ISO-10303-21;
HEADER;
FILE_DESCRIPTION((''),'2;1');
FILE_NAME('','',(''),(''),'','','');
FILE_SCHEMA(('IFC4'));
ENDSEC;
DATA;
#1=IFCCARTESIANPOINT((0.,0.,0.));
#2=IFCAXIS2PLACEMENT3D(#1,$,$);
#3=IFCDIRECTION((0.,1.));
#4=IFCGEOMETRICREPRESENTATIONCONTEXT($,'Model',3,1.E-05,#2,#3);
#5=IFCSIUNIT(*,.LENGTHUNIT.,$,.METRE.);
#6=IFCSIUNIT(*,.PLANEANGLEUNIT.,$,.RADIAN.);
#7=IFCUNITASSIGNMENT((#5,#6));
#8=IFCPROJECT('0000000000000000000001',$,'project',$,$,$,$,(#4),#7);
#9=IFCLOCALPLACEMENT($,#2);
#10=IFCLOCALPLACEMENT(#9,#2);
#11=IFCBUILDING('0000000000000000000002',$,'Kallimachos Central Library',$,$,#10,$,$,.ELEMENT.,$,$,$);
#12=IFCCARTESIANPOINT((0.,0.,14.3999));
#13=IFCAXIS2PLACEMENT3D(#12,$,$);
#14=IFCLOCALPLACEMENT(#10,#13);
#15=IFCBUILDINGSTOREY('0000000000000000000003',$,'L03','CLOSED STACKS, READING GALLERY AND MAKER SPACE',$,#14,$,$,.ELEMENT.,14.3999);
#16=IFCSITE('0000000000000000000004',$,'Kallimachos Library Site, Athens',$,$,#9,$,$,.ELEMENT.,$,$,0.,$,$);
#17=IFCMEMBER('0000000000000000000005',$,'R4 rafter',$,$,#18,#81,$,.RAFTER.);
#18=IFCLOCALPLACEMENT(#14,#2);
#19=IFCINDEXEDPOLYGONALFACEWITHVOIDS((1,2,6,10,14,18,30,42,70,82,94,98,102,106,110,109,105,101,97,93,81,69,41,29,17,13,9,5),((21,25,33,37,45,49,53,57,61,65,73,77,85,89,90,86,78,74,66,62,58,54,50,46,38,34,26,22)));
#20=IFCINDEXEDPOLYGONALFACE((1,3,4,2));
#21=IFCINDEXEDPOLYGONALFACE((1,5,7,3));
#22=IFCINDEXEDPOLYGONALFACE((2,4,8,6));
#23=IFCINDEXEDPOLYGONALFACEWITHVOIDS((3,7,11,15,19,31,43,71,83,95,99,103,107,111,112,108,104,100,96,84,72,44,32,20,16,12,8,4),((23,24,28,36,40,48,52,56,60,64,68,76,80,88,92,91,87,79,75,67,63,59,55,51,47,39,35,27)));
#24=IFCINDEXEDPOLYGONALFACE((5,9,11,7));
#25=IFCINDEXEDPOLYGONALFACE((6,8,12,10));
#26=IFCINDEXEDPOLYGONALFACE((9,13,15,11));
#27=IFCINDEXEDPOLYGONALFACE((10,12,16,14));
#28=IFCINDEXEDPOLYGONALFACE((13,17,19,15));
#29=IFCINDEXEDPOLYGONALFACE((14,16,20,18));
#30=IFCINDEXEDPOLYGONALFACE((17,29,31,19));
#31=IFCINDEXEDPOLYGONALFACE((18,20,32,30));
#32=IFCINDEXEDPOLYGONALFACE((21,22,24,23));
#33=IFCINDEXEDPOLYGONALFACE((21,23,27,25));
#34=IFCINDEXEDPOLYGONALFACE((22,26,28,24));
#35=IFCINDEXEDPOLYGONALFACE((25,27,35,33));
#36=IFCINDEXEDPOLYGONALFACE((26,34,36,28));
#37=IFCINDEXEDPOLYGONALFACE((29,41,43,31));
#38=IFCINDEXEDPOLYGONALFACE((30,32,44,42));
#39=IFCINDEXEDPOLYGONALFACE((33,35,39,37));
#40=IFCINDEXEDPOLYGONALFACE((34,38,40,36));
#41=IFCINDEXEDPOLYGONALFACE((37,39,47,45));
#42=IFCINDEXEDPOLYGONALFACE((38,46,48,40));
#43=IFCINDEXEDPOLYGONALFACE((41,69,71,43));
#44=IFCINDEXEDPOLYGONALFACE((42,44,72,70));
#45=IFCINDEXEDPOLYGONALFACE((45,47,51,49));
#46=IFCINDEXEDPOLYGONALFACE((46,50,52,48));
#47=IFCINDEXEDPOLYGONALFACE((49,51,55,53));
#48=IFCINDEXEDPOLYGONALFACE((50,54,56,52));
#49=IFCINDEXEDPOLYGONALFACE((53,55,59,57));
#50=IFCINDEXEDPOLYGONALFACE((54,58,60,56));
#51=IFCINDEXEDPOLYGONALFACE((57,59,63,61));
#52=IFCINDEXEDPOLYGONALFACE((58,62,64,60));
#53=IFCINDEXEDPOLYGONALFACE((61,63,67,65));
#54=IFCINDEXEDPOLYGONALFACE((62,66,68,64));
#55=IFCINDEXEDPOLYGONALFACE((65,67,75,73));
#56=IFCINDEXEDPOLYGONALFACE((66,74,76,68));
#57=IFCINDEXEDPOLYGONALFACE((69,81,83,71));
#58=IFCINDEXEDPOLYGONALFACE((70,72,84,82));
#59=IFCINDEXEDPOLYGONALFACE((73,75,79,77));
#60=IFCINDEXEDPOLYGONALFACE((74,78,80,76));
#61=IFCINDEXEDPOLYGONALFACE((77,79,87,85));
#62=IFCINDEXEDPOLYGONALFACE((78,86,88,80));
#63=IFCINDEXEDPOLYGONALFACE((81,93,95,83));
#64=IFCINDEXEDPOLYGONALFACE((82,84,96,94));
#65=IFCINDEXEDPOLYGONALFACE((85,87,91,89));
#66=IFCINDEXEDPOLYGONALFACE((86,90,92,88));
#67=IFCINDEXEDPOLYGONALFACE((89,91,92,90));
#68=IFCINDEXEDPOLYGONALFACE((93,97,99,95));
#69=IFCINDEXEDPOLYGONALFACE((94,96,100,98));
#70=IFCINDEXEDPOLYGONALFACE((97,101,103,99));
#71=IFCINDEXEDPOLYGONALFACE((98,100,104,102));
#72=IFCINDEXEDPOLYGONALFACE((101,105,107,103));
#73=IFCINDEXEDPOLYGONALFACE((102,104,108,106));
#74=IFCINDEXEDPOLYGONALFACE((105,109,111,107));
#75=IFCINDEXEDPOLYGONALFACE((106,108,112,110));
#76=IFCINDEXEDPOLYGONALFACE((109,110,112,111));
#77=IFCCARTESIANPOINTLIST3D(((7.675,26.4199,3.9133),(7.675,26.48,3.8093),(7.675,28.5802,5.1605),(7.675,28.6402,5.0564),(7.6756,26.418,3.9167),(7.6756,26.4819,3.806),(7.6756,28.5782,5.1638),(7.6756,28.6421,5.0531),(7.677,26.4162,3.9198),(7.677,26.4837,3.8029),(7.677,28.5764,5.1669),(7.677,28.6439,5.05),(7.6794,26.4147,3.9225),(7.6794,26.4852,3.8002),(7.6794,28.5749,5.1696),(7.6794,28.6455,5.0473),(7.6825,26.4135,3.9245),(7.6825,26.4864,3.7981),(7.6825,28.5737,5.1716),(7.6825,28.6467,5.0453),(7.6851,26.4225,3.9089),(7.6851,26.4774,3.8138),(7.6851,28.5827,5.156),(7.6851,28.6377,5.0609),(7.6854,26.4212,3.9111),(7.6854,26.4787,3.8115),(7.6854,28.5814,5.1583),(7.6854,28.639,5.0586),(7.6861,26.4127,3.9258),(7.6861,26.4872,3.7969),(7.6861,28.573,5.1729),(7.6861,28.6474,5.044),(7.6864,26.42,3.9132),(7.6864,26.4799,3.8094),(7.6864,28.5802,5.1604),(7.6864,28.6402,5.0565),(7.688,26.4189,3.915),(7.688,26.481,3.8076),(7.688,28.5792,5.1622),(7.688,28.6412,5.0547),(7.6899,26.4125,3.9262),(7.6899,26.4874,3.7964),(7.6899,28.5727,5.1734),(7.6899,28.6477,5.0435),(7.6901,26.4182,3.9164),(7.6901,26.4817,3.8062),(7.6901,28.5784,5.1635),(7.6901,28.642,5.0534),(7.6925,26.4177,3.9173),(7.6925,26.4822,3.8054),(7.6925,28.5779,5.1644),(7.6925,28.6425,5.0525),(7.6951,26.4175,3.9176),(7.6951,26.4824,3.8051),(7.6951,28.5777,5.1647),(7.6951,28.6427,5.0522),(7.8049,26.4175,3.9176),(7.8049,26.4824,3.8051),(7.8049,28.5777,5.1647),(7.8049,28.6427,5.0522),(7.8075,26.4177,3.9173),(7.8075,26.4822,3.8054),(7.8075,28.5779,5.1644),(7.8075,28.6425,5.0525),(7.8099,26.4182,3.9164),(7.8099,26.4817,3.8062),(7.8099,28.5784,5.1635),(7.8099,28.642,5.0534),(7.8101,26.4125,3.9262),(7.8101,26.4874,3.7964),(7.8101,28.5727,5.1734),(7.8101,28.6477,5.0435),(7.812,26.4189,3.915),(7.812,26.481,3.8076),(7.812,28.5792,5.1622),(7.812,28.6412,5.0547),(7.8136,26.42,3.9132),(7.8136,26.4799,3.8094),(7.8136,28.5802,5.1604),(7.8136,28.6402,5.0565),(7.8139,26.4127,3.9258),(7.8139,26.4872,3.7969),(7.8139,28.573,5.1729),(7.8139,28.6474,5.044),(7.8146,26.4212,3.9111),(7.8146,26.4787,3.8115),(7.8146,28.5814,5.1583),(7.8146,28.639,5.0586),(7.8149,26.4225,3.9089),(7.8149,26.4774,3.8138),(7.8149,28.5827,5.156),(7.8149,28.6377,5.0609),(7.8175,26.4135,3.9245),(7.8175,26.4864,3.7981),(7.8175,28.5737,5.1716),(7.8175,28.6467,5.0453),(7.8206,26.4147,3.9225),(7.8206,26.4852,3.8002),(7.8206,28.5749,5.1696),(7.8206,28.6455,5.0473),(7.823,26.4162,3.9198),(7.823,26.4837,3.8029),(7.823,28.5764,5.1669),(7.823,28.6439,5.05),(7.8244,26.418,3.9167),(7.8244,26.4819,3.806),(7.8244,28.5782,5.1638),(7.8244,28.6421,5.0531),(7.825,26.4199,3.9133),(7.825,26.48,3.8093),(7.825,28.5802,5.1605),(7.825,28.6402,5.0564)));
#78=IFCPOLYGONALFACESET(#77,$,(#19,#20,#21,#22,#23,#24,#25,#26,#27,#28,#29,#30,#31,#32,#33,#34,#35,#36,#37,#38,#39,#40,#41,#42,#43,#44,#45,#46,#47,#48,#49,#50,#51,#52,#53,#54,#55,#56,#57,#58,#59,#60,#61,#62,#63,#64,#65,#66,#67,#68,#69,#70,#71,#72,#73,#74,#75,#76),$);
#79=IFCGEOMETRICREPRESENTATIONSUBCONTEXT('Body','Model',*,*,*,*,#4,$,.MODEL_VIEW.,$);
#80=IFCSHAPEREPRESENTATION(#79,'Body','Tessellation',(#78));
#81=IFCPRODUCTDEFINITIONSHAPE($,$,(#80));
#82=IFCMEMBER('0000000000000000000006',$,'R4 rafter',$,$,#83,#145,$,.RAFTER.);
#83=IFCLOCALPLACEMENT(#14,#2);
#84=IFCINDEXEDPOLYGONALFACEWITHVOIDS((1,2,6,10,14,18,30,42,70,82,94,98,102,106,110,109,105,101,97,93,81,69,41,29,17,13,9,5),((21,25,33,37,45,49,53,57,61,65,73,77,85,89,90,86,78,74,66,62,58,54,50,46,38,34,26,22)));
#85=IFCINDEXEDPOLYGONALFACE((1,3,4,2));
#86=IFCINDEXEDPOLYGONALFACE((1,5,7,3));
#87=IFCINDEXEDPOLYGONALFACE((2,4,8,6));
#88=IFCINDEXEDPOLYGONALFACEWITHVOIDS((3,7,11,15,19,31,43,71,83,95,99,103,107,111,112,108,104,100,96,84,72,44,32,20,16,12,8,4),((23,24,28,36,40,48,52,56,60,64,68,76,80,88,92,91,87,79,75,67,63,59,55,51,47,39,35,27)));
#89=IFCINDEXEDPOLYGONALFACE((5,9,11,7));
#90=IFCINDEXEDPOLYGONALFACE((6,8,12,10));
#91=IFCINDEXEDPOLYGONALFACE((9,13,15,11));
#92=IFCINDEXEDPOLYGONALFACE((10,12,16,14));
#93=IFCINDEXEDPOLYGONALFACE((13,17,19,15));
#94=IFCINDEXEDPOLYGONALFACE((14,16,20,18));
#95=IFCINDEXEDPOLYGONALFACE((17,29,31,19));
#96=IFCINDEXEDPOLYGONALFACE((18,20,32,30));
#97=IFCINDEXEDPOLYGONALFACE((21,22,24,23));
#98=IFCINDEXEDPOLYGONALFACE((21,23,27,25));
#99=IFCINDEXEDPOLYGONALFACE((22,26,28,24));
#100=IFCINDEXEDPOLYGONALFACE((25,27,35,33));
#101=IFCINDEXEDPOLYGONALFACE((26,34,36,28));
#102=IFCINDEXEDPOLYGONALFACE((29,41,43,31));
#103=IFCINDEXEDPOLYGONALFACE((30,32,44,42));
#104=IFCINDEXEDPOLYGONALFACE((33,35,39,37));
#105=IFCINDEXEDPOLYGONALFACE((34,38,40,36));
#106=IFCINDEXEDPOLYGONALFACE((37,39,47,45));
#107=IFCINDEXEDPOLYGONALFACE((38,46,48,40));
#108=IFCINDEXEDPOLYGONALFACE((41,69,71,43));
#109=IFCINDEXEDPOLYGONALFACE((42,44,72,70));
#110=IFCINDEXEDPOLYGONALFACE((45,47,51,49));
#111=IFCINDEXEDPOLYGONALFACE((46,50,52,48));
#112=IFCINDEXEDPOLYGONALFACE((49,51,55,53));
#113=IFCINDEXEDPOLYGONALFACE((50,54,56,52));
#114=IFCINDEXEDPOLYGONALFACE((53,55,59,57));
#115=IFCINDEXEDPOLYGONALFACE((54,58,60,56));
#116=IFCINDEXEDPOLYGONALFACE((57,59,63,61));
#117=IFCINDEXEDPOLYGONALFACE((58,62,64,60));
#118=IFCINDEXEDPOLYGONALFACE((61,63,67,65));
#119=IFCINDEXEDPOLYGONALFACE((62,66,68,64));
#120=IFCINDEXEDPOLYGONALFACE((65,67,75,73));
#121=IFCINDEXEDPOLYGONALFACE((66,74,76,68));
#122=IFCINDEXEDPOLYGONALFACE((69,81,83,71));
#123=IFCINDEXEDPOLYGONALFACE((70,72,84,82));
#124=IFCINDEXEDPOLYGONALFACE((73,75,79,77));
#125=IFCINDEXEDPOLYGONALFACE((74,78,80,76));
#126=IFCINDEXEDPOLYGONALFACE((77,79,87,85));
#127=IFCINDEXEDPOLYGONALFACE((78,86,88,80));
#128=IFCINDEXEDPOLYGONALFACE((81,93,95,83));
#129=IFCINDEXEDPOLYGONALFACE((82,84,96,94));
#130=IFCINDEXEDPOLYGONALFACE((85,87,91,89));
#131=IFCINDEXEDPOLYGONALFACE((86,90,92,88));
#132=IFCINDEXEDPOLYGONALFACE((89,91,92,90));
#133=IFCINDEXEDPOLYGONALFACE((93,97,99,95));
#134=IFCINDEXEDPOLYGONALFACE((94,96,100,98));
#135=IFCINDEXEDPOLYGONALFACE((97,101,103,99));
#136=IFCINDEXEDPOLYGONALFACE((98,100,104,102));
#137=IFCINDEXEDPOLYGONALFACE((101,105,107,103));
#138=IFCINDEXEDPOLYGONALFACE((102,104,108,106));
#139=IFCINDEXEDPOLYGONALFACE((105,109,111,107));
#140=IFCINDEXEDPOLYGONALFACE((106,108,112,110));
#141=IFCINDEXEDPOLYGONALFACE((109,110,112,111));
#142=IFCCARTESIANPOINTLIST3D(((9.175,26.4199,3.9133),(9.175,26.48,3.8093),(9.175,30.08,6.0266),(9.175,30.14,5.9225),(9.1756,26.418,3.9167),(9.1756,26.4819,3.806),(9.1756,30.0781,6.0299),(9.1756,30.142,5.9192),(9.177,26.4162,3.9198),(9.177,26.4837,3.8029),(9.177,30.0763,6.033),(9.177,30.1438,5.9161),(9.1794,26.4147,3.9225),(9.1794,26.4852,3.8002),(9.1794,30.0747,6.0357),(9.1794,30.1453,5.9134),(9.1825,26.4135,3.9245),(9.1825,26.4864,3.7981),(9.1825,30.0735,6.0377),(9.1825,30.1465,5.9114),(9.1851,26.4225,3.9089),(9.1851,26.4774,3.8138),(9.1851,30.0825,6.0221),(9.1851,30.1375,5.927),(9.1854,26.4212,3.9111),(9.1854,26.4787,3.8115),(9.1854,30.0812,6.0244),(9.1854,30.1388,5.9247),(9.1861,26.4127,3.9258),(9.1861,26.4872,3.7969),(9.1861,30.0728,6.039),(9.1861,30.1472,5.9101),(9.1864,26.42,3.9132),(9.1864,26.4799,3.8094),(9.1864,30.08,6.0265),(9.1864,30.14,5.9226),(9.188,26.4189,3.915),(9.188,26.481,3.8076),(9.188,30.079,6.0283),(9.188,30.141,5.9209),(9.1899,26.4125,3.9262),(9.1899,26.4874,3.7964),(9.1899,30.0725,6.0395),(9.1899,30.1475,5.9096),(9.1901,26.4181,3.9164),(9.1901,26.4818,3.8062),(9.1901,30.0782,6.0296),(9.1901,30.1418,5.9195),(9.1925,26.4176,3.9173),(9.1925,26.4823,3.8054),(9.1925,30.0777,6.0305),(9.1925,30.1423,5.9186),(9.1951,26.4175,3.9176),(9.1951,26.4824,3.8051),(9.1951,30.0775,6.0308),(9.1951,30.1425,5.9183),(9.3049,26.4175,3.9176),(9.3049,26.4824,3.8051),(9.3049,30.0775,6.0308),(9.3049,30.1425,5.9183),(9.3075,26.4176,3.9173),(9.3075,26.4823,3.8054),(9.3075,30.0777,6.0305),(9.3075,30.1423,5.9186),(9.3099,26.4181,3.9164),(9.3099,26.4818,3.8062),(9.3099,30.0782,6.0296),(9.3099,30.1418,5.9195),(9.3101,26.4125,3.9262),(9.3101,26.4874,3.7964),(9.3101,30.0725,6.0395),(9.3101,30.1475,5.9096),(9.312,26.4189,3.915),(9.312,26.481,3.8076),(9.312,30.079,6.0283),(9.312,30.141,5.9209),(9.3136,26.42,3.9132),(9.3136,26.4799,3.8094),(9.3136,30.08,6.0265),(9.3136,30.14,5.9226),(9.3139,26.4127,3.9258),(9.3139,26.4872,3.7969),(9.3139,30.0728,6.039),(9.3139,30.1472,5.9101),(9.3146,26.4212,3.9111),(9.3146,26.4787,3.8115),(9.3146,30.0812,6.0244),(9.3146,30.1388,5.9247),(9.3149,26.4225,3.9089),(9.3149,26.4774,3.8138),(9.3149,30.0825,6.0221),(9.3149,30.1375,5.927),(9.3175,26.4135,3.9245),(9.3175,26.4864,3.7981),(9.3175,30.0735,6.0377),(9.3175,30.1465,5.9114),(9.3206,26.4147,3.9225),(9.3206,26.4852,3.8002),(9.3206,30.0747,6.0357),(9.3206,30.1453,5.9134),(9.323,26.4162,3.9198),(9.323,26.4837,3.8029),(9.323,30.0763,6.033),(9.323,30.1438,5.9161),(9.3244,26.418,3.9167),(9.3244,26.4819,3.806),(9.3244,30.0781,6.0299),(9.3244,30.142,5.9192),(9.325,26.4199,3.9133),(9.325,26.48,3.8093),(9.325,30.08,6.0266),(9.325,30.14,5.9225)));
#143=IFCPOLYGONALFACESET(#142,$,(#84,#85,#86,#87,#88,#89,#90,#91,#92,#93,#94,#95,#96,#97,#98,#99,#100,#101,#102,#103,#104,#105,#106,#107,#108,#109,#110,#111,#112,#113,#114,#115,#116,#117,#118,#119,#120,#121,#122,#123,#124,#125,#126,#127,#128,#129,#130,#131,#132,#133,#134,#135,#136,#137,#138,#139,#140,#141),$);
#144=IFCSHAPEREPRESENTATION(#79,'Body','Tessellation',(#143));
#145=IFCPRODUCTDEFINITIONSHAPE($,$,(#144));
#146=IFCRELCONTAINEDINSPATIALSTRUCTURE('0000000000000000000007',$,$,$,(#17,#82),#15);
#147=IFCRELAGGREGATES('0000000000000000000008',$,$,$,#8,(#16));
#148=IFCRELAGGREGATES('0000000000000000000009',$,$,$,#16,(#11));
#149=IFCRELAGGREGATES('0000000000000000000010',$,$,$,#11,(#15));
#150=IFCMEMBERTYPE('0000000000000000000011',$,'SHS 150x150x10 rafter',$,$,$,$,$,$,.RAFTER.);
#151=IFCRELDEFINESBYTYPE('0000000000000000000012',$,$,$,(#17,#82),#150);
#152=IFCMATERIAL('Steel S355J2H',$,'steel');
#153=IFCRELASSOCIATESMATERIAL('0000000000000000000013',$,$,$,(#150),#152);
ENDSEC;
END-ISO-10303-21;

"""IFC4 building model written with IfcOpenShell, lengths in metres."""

from ifc_helpers import new_model, si_unit, direction, frame, origin, origin_2d, place, context, subcontext, project, spatial, hollow_rectangle, extrude, material, material_profile, profile_set, type_object, element, save


model = new_model("IFC4")

# Units and contexts
model_context = context("Model", 3, precision=1e-05, world=origin(), true_north=direction((0.0, 1.0)))
body_context = subcontext(model_context, "Body", "Model", "MODEL_VIEW")
ifc_project = project(units=[si_unit("LENGTHUNIT", "METRE"), si_unit("PLANEANGLEUNIT", "RADIAN")], contexts=[model_context])

# Site, building, storey
site_placement = place(None, origin())
site = spatial("IfcSite", under=ifc_project, at=site_placement, Name="Kallimachos Library Site, Athens", CompositionType="ELEMENT", RefElevation=0.0)
building_placement = place(site_placement, origin())
building = spatial("IfcBuilding", under=site, at=building_placement, Name="Kallimachos Central Library", CompositionType="ELEMENT")
storey_placement = place(building_placement, frame((0.0, 0.0, 14.3999)))
storey = spatial("IfcBuildingStorey", under=building, at=storey_placement, Name="L03", Description="CLOSED STACKS, READING GALLERY AND MAKER SPACE", CompositionType="ELEMENT", Elevation=14.3999)

# Members
ifc_material_1 = material(Name="Steel S355J2H", Category="steel")
ifc_material_profile_1 = material_profile(ifc_material_1, hollow_rectangle(XDim=0.1499, YDim=0.1499, WallThickness=0.01, InnerFilletRadius=0.01, OuterFilletRadius=0.0149, at=origin_2d()), Name="SHS 150x150x10")
ifc_profile_set_1 = profile_set([ifc_material_profile_1], Name="Steel S355J2H")
member_type_1 = type_object("IfcMemberType", Name="SHS 150x150x10 rafter", PredefinedType="RAFTER", material=ifc_profile_set_1)
member_1_placement = place(storey_placement, frame((7.75, 26.45, 3.8613), z_axis=(0.0, 0.866042, 0.499971), x_axis=(-1.0, 0.0, 0.0)))
element("IfcMember", 1, at=member_1_placement, inside=storey, type_object=member_type_1, Name="R4 rafter", PredefinedType="RAFTER", context=body_context, shape_type="SweptSolid", body=[
    extrude(hollow_rectangle(XDim=0.1499, YDim=0.1499, WallThickness=0.01, InnerFilletRadius=0.01, OuterFilletRadius=0.0149, at=origin_2d()), origin(), (0.0, 0.0, 1.0), 2.4944),
])
for number, where, z_axis, x_axis, name in (
    (2, (9.25, 26.45, 3.8613), (0.0, 0.866016, 0.500016), (-1.0, 0.0, 0.0), "R4 rafter"),
):
    element("IfcMember", number, at=place(storey_placement, frame(where, z_axis=z_axis, x_axis=x_axis)), inside=storey, type_object=member_type_1, Name=name, PredefinedType="RAFTER", context=body_context, shape_type="SweptSolid", body=[
        extrude(hollow_rectangle(XDim=0.1499, YDim=0.1499, WallThickness=0.01, InnerFilletRadius=0.01, OuterFilletRadius=0.0149, at=origin_2d()), origin(), (0.0, 0.0, 1.0), 4.2263),
    ])

save(model, "model.ifc")
